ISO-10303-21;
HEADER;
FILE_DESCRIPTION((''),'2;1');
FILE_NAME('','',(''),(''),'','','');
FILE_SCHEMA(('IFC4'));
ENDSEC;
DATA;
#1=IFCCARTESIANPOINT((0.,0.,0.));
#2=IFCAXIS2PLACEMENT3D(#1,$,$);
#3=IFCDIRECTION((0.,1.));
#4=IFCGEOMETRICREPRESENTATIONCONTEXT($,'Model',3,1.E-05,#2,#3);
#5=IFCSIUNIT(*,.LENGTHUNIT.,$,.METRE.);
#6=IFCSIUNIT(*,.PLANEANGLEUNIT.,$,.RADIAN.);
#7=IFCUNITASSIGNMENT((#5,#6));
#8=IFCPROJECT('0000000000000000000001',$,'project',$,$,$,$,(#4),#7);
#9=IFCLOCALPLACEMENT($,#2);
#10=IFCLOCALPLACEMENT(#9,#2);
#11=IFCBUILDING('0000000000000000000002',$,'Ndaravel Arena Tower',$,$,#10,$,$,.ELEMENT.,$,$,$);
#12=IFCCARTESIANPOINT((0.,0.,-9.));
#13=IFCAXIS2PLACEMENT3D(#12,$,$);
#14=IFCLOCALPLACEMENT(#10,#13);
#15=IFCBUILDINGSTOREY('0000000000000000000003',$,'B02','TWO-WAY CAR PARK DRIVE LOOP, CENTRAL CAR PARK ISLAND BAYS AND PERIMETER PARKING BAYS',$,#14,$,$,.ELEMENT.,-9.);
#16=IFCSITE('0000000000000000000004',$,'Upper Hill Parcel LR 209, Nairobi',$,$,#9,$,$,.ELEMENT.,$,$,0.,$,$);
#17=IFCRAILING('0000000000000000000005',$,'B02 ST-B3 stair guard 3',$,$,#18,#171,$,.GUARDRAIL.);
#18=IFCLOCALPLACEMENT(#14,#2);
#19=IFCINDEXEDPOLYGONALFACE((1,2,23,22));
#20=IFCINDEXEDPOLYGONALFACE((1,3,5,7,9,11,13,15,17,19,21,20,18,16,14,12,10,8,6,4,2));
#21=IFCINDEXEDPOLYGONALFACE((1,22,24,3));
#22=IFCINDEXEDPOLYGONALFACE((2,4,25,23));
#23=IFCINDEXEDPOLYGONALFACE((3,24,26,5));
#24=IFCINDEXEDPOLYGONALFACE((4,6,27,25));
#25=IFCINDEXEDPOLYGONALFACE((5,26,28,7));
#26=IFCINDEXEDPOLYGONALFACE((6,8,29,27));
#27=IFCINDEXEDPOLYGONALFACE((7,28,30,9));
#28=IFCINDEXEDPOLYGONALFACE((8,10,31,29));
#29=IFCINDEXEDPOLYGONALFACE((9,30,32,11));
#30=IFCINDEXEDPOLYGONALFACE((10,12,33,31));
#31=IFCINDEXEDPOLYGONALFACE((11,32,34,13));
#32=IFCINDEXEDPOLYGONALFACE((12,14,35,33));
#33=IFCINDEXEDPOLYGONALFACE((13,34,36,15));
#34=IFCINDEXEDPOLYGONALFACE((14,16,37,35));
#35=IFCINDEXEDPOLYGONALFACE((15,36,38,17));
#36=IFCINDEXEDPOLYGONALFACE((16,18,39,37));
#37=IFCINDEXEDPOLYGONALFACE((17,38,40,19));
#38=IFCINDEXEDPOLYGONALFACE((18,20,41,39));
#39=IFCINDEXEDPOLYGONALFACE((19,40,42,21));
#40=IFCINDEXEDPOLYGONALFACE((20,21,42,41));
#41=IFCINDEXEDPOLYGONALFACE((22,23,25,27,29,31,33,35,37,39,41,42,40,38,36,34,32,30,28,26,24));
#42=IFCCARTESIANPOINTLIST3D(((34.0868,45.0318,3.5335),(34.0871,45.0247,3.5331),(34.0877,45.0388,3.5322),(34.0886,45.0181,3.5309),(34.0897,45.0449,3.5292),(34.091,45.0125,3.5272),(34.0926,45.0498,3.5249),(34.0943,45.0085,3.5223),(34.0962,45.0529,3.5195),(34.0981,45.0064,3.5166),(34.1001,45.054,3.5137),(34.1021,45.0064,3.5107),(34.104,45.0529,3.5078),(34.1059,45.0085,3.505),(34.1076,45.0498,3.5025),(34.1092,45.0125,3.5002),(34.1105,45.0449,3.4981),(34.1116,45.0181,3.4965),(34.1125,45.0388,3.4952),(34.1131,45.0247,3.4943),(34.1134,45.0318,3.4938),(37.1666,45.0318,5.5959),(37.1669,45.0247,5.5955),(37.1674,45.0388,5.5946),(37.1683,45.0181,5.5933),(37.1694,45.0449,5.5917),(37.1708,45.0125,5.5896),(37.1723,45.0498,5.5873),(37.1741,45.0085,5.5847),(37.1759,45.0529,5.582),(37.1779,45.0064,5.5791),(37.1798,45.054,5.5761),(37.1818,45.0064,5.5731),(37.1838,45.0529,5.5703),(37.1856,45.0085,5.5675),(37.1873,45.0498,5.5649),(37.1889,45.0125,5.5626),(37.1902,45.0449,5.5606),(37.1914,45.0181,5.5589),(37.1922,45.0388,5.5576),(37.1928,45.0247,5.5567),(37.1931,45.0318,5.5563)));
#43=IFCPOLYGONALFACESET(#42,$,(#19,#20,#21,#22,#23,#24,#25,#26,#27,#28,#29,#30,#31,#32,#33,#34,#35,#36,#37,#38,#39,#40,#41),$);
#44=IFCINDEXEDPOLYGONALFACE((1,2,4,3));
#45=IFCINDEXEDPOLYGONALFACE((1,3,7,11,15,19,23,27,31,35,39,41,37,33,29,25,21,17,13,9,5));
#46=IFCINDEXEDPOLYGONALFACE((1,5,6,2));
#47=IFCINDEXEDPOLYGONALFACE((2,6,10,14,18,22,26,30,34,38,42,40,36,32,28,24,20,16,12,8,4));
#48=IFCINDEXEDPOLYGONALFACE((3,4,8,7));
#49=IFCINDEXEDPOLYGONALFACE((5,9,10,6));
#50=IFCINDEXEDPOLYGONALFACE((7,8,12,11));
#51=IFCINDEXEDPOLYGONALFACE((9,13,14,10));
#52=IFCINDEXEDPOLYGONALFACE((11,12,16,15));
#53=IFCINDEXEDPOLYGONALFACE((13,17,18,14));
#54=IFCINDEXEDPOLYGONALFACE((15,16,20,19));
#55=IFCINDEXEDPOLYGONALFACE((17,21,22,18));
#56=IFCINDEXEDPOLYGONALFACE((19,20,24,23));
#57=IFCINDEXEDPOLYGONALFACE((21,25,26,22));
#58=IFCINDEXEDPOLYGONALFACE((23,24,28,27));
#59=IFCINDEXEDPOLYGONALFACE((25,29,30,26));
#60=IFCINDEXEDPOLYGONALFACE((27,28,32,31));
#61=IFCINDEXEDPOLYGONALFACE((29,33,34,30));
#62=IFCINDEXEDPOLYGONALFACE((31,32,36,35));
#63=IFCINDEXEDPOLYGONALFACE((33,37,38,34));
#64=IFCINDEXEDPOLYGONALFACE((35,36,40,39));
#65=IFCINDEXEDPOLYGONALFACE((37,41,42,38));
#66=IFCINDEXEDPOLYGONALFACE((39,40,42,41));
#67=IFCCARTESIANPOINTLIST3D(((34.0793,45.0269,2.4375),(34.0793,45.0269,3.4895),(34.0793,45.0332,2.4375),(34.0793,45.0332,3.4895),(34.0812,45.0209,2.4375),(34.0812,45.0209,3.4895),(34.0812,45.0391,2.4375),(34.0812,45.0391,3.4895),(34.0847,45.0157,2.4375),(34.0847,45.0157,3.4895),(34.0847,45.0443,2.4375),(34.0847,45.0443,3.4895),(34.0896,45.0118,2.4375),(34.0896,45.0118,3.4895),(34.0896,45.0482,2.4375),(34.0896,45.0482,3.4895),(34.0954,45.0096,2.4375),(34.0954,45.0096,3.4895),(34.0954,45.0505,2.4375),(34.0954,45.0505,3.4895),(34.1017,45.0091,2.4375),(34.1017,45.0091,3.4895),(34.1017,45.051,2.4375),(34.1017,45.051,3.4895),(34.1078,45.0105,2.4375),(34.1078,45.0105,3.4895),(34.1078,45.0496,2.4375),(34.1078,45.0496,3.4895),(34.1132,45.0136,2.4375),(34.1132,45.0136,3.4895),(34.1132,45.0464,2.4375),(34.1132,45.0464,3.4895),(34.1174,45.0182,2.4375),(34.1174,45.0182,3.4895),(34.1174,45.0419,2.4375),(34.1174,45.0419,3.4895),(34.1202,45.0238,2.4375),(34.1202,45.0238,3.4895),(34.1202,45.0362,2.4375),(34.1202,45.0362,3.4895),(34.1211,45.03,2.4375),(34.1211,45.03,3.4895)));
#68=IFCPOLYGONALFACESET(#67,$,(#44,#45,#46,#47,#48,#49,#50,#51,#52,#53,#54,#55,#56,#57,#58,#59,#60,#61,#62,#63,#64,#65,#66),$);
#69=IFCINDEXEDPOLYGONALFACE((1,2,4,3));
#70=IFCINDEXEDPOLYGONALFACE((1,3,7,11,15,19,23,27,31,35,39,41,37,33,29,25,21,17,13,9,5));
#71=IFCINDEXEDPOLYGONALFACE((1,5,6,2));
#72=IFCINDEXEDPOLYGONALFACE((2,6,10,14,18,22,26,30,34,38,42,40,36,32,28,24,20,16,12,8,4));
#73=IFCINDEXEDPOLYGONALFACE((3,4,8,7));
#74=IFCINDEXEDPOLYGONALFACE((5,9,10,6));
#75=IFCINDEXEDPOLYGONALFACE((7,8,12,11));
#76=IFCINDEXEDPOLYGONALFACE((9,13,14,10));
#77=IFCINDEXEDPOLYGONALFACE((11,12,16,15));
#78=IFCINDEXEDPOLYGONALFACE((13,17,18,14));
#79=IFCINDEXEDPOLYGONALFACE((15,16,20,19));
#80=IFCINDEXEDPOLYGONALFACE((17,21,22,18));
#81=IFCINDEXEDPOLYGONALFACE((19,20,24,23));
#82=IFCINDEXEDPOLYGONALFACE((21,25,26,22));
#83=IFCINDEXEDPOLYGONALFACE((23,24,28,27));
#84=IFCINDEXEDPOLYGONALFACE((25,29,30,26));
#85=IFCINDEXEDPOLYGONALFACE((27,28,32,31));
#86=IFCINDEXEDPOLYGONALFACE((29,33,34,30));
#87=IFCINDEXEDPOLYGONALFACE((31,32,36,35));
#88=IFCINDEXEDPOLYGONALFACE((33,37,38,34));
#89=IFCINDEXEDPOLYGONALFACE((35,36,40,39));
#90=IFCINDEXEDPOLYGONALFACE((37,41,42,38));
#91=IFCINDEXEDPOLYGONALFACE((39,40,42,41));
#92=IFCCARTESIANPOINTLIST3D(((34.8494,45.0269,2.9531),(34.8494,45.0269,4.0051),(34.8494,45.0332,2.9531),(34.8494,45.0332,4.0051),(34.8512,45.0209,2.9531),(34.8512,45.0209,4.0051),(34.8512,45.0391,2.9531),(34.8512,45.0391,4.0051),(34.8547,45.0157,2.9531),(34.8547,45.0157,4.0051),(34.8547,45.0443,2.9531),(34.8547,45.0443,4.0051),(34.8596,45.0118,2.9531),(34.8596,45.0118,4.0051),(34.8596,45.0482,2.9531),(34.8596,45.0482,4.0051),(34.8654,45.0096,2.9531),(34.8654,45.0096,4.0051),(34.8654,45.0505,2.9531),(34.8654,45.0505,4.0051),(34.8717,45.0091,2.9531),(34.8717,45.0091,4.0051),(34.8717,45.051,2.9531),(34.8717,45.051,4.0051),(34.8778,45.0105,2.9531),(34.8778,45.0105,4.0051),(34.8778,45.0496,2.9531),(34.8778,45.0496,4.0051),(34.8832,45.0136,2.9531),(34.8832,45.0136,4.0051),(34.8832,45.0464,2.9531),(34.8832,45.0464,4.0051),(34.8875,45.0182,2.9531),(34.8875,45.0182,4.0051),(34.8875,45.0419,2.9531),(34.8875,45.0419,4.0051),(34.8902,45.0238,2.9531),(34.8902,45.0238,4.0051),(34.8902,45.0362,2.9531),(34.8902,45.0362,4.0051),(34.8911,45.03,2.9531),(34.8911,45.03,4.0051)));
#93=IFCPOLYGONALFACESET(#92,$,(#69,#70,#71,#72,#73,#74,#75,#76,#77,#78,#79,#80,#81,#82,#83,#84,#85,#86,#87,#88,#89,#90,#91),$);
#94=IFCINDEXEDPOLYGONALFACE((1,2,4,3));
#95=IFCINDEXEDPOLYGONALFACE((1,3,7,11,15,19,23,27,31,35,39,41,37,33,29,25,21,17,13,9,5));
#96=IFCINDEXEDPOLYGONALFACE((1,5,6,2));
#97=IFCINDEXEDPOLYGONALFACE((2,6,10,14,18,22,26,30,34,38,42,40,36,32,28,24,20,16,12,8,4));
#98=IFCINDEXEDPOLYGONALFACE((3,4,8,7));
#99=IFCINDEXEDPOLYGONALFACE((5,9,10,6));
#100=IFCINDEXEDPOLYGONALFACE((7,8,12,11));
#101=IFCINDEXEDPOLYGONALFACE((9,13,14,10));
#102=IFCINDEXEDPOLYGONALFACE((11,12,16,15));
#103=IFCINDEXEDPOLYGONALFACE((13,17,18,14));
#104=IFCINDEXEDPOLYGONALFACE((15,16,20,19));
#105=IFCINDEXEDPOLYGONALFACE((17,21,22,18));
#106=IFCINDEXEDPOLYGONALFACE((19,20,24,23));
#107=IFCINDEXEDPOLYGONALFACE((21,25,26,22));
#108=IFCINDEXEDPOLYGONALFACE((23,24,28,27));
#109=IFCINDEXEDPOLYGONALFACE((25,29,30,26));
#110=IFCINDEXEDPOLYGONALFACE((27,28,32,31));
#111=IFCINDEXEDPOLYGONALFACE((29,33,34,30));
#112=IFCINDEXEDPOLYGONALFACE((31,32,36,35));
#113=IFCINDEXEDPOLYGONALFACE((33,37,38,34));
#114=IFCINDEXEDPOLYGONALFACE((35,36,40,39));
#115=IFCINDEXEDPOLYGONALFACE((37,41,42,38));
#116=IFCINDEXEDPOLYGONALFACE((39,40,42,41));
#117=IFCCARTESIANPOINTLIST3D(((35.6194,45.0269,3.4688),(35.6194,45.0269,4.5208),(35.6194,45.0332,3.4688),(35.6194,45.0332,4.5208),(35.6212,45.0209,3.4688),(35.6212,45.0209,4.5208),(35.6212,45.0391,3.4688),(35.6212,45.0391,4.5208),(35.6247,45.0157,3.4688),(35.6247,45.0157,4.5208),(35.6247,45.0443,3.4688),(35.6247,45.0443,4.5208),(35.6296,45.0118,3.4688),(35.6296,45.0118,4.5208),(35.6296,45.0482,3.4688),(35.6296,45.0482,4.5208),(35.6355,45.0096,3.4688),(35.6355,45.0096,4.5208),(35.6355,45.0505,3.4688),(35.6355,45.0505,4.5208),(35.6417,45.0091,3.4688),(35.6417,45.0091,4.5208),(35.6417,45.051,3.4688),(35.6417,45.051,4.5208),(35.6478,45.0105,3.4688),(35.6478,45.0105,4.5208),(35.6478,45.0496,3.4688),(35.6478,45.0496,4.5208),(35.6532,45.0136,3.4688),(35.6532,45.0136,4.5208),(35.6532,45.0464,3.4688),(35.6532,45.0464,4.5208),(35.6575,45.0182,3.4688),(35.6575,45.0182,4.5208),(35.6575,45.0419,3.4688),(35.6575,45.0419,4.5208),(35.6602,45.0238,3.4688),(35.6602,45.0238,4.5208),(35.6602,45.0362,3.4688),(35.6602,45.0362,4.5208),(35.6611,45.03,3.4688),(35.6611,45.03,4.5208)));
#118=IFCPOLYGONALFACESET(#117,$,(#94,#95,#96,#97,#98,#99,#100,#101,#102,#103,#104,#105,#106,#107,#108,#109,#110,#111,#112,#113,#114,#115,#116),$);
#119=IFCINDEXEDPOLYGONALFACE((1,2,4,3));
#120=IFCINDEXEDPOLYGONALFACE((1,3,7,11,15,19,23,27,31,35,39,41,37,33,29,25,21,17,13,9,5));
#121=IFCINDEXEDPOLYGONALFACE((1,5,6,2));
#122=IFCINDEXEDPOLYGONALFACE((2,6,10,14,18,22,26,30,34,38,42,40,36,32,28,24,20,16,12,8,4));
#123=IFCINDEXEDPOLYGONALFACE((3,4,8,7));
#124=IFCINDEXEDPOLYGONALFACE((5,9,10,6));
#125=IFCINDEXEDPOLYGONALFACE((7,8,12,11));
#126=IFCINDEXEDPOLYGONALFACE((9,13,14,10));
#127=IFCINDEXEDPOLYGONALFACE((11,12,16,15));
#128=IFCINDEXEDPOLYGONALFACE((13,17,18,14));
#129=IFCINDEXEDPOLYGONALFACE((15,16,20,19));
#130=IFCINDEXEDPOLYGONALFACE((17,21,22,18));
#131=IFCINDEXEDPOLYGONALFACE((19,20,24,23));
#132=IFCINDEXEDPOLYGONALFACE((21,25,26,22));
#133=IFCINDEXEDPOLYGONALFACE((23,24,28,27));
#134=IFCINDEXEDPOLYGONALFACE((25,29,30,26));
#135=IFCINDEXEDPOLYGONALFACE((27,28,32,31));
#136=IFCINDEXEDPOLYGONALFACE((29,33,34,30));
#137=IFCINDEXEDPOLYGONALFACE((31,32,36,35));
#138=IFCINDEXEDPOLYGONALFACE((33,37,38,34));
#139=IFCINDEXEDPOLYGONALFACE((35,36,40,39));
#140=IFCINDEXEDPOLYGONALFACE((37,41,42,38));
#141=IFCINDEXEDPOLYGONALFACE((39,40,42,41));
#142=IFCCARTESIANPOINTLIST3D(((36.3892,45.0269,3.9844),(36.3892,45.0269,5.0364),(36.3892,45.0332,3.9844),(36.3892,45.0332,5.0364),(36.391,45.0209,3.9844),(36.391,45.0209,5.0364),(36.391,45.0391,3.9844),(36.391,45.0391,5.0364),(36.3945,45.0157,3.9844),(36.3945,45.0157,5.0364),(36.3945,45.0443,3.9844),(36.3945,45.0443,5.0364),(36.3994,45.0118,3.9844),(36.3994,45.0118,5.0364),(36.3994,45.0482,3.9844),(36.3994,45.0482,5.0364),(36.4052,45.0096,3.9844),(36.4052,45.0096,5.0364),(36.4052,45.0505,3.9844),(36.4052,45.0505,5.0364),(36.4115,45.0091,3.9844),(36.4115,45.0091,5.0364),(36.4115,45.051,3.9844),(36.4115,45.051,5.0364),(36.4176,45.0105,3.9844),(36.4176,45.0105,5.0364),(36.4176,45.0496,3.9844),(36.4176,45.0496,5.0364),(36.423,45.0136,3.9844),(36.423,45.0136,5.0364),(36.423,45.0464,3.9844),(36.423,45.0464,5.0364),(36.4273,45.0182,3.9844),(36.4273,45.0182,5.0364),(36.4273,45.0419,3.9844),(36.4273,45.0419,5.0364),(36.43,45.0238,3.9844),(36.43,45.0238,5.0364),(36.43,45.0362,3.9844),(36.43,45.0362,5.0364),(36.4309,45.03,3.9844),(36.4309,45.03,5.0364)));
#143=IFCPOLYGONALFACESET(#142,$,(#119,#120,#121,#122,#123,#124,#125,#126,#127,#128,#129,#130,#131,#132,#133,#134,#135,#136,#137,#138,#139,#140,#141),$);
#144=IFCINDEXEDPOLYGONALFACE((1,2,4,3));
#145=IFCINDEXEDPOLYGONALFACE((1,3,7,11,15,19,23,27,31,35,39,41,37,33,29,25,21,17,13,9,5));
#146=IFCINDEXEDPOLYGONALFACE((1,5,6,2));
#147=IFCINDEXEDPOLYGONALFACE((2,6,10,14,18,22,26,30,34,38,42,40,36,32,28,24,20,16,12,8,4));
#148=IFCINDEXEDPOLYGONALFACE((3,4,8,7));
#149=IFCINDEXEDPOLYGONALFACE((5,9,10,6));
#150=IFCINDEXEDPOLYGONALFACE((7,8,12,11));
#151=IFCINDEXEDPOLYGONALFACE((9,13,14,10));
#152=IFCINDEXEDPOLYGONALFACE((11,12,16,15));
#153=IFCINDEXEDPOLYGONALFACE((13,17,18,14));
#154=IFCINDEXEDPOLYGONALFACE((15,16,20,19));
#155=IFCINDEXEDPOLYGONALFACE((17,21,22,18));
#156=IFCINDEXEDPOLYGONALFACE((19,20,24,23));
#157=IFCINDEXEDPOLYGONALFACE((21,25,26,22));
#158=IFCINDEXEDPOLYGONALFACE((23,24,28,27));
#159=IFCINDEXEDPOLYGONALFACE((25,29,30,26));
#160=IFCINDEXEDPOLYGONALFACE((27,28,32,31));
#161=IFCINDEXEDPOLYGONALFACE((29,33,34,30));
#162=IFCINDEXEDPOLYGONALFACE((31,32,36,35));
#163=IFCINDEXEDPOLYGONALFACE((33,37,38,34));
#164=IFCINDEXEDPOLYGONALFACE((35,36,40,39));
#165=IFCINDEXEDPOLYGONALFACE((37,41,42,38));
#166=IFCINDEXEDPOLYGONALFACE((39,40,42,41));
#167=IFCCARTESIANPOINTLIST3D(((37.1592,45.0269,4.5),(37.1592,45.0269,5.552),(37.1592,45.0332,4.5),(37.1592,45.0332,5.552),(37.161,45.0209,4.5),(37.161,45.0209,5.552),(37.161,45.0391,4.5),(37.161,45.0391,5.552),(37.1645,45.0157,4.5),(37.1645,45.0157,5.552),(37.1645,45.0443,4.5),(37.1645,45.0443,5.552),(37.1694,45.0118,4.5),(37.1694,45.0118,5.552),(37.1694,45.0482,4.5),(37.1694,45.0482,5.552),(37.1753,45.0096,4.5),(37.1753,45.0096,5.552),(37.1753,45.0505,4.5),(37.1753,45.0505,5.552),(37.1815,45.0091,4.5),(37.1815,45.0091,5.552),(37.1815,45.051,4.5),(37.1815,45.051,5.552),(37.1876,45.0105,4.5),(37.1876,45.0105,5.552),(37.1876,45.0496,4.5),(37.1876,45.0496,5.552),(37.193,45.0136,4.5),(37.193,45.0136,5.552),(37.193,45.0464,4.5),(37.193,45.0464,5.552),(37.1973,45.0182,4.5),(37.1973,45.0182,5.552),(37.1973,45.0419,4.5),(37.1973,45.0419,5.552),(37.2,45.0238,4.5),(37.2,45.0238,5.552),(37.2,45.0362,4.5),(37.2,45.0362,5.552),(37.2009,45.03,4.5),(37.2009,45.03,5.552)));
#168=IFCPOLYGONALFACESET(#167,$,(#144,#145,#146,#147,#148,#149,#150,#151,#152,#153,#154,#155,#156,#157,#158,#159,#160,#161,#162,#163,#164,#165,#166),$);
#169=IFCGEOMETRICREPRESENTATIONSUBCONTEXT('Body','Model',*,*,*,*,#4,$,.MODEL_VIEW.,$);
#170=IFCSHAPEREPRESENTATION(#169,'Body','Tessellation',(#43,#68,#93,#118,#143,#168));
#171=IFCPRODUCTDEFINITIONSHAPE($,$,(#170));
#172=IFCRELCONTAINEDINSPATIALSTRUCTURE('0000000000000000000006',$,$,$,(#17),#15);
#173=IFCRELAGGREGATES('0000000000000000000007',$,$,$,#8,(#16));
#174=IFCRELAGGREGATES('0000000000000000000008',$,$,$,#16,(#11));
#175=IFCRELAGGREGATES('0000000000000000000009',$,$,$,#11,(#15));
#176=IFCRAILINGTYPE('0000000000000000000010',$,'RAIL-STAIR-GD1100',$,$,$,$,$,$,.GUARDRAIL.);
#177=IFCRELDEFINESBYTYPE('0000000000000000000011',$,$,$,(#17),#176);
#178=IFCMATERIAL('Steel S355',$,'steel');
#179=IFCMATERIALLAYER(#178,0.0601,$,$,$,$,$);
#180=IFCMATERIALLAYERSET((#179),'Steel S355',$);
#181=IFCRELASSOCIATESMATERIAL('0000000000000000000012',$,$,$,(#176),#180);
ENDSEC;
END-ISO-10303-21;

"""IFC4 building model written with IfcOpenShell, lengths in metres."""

from ifc_helpers import new_model, si_unit, direction, frame, origin, origin_2d, place, context, subcontext, project, spatial, circle, extrude, material, layer, layer_set, type_object, element, save


model = new_model("IFC4")

# Units and contexts
model_context = context("Model", 3, precision=1e-05, world=origin(), true_north=direction((0.0, 1.0)))
body_context = subcontext(model_context, "Body", "Model", "MODEL_VIEW")
ifc_project = project(units=[si_unit("LENGTHUNIT", "METRE"), si_unit("PLANEANGLEUNIT", "RADIAN")], contexts=[model_context])

# Site, building, storey
site_placement = place(None, origin())
site = spatial("IfcSite", under=ifc_project, at=site_placement, Name="Upper Hill Parcel LR 209, Nairobi", CompositionType="ELEMENT", RefElevation=0.0)
building_placement = place(site_placement, origin())
building = spatial("IfcBuilding", under=site, at=building_placement, Name="Ndaravel Arena Tower", CompositionType="ELEMENT")
storey_placement = place(building_placement, frame((0.0, 0.0, -9.0)))
storey = spatial("IfcBuildingStorey", under=building, at=storey_placement, Name="B02", Description="TWO-WAY CAR PARK DRIVE LOOP, CENTRAL CAR PARK ISLAND BAYS AND PERIMETER PARKING BAYS", CompositionType="ELEMENT", Elevation=-9.0)

# Railing
ifc_material_1 = material(Name="Steel S355", Category="steel")
ifc_layer_1 = layer(ifc_material_1, 0.0601)
ifc_layer_set_1 = layer_set([ifc_layer_1], Name="Steel S355")
railing_type_1 = type_object("IfcRailingType", Name="RAIL-STAIR-GD1100", PredefinedType="GUARDRAIL", material=ifc_layer_set_1)
railing_1_placement = place(storey_placement, frame((34.1001, 45.03, 2.4375)))
element("IfcRailing", 1, at=railing_1_placement, inside=storey, type_object=railing_type_1, Name="B02 ST-B3 stair guard 3", PredefinedType="GUARDRAIL", context=body_context, shape_type="SweptSolid", body=[
    extrude(circle(Radius=0.0239, at=origin_2d()), frame((0.0, 0.0, 1.0762), z_axis=(0.830893, 0.0, 0.556432), x_axis=(0.0, 1.0, 0.0)), (0.0, 0.0, 1.0), 3.7065),
    extrude(circle(Radius=0.021, at=origin_2d()), origin(), (0.0, 0.0, 1.0), 1.052),
    extrude(circle(Radius=0.021, at=origin_2d()), frame((0.77, 0.0, 0.5156)), (0.0, 0.0, 1.0), 1.052),
    extrude(circle(Radius=0.021, at=origin_2d()), frame((1.54, 0.0, 1.0312)), (0.0, 0.0, 1.0), 1.052),
    extrude(circle(Radius=0.021, at=origin_2d()), frame((2.3098, 0.0, 1.5469)), (0.0, 0.0, 1.0), 1.052),
    extrude(circle(Radius=0.021, at=origin_2d()), frame((3.0798, 0.0, 2.0625)), (0.0, 0.0, 1.0), 1.052),
])

save(model, "model.ifc")
